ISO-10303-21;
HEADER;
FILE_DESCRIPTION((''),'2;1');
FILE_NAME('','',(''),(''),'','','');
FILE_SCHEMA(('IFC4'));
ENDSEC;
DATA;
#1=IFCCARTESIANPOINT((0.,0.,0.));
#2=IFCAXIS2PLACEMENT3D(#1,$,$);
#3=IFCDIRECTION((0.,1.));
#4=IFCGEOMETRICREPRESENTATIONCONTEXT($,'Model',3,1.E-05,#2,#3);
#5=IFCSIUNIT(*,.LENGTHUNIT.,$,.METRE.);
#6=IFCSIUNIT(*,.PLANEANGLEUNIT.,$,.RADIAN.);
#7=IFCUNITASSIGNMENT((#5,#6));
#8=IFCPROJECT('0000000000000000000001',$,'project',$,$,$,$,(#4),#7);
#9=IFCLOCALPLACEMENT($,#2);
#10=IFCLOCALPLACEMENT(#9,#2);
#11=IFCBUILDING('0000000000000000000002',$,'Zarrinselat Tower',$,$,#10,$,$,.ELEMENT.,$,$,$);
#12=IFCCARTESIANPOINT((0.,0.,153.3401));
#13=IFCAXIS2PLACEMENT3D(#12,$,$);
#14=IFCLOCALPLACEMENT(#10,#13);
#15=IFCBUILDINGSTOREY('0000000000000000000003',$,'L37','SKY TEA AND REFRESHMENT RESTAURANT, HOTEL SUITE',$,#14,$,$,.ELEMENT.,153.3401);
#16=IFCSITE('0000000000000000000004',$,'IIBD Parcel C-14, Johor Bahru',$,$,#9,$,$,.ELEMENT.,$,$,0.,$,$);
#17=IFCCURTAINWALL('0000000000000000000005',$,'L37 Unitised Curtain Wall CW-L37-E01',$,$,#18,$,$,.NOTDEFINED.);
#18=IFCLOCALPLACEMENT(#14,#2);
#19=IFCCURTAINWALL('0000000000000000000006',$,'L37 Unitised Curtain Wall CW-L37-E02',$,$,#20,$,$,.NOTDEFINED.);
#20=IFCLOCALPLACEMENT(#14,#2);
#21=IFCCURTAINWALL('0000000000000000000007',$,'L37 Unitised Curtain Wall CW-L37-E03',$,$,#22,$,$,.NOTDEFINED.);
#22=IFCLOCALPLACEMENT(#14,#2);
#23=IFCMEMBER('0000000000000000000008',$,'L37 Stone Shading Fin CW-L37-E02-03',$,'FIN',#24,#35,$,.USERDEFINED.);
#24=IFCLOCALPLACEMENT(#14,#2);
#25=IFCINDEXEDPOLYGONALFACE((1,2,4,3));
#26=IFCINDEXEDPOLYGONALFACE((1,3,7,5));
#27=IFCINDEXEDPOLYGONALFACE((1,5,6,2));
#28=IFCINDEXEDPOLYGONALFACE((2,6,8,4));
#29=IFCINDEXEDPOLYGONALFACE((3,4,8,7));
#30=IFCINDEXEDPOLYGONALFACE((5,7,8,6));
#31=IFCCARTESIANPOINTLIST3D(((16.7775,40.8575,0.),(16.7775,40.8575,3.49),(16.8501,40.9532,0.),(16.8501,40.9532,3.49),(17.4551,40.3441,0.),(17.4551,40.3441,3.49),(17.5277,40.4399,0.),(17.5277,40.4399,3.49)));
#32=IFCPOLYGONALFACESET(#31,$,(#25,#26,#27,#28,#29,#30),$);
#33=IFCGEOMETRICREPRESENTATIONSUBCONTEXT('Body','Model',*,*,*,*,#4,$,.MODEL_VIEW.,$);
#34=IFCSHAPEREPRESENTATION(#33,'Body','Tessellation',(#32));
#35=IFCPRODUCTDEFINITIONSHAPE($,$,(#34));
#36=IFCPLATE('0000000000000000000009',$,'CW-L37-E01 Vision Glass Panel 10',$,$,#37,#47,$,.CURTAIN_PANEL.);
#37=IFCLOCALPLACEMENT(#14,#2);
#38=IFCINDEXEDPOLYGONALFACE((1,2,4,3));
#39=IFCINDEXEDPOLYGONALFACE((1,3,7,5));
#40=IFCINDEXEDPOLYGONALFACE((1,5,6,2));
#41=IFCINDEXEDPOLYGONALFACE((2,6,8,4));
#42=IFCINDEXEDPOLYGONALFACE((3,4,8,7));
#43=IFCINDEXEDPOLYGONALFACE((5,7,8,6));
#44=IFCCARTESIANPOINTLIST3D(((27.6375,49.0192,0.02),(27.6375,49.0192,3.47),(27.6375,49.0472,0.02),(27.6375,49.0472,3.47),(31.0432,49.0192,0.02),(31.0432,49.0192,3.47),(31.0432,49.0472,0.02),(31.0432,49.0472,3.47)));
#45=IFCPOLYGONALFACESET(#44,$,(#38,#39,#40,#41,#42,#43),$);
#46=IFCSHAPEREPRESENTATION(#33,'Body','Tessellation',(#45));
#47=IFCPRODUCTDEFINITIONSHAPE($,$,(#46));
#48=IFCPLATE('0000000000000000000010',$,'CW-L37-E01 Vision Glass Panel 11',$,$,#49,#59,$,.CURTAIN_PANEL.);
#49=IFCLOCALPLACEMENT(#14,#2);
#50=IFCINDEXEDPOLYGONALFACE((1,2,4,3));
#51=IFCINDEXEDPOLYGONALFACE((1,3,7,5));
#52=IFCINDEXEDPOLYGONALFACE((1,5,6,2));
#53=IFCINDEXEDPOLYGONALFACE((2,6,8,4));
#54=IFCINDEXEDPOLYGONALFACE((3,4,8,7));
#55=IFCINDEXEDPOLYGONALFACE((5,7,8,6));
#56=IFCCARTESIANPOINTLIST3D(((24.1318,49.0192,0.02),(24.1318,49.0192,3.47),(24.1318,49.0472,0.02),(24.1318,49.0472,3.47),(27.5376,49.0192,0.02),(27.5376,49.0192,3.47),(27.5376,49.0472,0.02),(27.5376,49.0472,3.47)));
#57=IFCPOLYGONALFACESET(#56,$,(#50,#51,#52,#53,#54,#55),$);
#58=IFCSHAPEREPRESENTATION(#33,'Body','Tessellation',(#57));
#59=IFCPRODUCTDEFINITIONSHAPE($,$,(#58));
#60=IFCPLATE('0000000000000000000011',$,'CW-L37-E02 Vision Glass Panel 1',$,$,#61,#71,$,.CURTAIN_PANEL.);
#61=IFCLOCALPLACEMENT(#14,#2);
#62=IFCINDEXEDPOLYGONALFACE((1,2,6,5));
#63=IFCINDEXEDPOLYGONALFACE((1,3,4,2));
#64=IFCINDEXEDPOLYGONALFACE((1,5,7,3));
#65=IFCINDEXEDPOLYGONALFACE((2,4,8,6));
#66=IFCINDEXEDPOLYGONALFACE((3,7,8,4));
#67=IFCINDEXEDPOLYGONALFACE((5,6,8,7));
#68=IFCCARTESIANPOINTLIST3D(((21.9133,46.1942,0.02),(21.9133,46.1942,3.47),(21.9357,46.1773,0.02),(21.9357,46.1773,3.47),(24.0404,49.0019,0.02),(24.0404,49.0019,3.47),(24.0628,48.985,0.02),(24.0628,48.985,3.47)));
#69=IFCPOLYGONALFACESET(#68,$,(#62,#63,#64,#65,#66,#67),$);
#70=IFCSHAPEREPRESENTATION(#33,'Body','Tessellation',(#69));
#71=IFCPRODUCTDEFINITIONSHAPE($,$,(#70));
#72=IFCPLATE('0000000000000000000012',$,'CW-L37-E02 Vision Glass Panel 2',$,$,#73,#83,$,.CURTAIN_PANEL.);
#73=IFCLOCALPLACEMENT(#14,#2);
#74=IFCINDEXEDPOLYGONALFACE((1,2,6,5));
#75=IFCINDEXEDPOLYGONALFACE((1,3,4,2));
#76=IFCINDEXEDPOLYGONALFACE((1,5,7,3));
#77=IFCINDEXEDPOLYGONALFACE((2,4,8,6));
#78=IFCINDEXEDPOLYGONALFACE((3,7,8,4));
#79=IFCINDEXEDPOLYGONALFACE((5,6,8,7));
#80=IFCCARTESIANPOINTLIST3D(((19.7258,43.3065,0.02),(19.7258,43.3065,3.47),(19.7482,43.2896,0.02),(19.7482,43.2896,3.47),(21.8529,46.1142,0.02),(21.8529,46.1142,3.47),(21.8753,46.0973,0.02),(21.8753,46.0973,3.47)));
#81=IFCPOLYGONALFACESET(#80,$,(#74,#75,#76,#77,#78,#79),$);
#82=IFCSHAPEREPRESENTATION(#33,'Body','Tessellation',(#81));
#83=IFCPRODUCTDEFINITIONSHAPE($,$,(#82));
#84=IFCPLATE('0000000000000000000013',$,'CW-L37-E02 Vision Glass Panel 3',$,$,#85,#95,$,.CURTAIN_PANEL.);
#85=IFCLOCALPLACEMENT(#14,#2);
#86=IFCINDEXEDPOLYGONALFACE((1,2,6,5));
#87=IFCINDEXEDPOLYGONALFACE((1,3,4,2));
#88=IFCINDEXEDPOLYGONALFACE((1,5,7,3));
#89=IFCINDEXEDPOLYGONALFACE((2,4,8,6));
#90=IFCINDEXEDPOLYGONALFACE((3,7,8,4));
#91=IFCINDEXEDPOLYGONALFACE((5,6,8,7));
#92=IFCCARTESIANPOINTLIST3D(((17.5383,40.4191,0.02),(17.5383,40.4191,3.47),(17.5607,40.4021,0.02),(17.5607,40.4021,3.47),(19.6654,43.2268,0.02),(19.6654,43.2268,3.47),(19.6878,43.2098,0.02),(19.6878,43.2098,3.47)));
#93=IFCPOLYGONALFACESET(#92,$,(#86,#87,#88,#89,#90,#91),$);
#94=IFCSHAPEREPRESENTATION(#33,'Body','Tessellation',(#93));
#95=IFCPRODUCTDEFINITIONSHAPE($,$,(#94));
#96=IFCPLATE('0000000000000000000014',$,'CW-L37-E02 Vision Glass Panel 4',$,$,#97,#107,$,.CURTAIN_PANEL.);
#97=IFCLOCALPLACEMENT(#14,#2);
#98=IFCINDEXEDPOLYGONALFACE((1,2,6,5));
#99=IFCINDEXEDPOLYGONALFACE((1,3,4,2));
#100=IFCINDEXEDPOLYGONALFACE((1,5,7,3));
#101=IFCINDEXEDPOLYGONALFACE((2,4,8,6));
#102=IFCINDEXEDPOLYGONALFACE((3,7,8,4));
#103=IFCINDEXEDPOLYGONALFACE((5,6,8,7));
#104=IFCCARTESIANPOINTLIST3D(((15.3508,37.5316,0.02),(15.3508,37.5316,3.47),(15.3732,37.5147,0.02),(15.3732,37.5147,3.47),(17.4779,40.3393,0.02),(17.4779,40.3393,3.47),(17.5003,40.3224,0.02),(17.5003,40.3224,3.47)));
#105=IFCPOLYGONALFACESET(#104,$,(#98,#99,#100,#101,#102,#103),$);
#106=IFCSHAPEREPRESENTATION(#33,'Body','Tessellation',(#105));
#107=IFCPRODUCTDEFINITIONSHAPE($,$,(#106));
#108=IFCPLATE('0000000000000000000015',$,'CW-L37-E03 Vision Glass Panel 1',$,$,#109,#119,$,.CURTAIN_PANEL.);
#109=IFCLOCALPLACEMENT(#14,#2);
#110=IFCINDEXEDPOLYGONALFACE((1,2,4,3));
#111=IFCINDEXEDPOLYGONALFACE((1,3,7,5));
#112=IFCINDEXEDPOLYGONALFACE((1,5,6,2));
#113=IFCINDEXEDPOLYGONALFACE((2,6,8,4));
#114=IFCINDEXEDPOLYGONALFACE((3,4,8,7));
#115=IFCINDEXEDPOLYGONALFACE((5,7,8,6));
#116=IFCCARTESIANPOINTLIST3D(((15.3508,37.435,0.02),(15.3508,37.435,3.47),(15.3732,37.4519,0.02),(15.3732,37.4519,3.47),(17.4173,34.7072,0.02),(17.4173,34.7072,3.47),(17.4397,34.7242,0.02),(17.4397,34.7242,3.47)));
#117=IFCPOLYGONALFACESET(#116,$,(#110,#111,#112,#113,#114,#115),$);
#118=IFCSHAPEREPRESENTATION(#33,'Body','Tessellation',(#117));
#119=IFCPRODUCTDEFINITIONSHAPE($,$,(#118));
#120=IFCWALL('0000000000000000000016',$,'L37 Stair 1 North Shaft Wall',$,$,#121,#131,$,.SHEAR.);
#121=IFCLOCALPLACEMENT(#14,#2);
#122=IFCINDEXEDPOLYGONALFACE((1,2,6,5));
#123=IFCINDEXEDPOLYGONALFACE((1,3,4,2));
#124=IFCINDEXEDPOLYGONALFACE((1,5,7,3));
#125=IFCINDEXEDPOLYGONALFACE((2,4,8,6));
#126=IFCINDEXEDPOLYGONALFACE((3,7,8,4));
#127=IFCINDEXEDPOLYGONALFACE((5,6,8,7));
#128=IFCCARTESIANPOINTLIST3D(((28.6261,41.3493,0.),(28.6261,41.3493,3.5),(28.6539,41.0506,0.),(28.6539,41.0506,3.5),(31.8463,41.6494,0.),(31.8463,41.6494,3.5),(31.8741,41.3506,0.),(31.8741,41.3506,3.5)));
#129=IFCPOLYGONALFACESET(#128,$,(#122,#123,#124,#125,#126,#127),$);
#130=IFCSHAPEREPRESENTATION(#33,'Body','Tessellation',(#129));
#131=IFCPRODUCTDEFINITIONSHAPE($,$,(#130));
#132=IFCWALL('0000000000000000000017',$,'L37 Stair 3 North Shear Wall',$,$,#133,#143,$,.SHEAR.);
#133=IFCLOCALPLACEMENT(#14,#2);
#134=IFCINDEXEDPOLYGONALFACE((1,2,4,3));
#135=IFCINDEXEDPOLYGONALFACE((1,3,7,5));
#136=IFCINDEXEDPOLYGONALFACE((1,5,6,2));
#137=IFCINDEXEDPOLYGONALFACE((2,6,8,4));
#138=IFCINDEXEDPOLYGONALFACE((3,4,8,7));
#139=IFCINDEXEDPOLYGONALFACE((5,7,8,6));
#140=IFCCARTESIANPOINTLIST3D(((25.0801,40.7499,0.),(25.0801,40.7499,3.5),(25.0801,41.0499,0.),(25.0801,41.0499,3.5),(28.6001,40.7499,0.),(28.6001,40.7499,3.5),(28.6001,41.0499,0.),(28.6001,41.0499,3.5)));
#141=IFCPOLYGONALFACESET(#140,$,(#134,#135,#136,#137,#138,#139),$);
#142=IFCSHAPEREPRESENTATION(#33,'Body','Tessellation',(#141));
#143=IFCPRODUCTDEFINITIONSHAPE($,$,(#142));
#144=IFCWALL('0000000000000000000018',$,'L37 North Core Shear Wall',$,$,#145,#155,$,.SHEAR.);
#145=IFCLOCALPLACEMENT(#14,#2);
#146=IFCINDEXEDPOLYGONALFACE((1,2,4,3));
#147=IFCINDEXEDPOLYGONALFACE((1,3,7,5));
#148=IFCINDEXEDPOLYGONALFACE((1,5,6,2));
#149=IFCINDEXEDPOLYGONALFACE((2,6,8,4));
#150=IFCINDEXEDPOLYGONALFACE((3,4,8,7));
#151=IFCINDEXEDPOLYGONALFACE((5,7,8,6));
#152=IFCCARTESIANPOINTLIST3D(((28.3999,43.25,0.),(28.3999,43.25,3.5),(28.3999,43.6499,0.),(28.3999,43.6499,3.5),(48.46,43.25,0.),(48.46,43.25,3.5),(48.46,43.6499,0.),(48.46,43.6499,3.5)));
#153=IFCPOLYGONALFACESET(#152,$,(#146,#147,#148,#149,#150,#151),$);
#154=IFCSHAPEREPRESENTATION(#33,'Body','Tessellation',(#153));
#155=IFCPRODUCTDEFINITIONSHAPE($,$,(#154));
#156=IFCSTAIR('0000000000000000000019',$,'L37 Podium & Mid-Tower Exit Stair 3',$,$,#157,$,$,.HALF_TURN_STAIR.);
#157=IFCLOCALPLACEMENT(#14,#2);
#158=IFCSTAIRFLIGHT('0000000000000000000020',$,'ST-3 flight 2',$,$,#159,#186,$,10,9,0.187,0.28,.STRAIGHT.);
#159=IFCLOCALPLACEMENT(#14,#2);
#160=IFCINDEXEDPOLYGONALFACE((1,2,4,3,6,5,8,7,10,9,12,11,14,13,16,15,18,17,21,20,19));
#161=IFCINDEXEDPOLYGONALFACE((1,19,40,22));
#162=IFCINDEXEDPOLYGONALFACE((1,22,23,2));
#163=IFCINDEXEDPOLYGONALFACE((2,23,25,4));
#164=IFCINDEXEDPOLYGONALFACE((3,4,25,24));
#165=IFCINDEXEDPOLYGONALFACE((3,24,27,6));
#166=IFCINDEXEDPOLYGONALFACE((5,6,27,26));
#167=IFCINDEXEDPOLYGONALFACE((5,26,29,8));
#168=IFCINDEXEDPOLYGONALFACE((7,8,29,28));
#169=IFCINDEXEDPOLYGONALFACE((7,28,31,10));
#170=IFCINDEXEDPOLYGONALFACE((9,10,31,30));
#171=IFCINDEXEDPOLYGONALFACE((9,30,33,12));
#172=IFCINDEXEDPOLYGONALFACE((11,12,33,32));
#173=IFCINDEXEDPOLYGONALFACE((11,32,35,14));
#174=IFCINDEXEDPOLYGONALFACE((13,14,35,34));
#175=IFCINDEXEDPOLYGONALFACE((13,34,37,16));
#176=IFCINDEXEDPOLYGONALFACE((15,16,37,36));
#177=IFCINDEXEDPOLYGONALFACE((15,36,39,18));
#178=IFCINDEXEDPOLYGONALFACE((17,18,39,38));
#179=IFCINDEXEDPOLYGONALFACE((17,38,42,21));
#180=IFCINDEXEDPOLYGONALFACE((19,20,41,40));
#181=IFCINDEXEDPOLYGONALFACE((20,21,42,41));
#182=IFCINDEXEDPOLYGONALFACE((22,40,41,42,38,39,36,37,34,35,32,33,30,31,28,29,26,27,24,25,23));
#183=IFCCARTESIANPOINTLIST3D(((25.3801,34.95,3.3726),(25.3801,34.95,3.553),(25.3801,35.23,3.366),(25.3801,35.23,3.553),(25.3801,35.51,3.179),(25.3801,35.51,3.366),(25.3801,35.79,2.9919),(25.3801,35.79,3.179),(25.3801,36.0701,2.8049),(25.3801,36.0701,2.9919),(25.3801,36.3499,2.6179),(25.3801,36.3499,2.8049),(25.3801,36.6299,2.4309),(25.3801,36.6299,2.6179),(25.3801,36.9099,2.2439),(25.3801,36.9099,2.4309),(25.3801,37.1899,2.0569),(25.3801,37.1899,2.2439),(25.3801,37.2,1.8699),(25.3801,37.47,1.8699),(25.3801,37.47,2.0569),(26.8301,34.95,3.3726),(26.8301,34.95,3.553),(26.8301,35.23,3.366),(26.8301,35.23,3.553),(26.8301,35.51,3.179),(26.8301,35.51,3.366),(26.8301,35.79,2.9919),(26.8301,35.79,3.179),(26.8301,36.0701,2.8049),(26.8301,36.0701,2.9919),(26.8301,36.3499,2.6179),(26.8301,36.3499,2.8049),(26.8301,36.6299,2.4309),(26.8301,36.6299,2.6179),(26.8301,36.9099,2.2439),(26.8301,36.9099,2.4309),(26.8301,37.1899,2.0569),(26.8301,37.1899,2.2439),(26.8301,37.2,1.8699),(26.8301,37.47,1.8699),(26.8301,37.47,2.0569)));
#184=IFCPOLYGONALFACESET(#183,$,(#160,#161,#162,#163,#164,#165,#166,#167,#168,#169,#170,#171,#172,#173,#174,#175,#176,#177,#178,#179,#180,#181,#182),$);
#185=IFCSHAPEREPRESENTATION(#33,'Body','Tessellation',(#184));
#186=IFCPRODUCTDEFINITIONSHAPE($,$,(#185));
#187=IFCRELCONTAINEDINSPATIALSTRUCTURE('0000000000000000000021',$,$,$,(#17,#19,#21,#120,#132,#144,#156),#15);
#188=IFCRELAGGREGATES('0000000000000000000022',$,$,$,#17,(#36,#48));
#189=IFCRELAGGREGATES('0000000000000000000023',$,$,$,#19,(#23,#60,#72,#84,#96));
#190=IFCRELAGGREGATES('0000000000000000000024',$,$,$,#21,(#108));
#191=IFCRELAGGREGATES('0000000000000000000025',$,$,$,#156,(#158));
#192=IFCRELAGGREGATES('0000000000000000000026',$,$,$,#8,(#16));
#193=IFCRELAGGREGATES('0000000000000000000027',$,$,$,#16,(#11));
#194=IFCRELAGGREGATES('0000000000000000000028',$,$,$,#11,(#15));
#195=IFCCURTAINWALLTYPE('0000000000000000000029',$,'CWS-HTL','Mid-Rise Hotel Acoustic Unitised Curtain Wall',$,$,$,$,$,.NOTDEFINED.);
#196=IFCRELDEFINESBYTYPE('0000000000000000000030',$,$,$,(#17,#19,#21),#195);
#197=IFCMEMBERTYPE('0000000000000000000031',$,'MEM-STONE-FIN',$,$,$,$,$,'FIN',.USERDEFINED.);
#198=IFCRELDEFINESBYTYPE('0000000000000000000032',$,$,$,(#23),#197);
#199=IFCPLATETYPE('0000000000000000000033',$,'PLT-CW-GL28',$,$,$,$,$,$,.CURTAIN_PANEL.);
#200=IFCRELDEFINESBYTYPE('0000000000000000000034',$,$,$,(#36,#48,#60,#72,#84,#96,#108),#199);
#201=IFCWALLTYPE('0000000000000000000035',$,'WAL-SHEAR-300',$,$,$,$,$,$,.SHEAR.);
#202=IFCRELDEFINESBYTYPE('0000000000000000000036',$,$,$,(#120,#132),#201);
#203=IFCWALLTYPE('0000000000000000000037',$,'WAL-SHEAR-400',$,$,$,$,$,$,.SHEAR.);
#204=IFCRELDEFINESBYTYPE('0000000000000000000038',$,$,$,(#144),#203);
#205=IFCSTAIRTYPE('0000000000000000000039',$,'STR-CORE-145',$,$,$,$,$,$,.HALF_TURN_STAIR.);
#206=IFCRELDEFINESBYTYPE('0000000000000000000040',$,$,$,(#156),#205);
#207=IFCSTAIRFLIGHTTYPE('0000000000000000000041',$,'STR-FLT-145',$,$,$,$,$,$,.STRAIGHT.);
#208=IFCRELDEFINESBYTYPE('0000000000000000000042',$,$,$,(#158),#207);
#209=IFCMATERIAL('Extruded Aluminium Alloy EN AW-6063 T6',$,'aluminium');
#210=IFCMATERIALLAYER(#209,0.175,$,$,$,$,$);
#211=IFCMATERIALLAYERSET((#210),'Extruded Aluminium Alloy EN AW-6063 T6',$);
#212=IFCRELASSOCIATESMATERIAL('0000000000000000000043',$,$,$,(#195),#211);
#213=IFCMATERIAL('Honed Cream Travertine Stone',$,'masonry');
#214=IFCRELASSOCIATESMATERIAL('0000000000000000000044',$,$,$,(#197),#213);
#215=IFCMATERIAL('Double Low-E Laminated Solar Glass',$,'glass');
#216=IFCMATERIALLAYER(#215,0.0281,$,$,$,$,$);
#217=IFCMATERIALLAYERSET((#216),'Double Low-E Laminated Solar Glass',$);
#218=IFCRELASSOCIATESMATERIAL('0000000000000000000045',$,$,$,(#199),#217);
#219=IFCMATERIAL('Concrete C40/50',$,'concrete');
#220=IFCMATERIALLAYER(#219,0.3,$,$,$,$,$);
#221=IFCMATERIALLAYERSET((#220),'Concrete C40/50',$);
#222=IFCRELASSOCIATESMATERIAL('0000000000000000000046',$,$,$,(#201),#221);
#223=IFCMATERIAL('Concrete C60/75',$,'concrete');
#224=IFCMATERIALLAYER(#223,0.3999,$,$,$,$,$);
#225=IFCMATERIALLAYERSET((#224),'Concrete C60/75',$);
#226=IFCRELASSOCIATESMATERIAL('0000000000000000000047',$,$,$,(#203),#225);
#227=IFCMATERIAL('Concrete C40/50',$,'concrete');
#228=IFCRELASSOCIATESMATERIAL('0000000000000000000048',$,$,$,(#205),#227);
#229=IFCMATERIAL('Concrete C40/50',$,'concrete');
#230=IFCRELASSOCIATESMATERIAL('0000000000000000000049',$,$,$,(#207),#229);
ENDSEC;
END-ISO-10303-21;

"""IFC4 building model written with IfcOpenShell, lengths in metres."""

from ifc_helpers import new_model, si_unit, direction, frame, frame_2d, origin, origin_2d, place, context, subcontext, project, spatial, polyline, rectangle, outline, extrude, material, layer, layer_set, material_profile, profile_set, type_object, element, aggregate, save


model = new_model("IFC4")

# Units and contexts
model_context = context("Model", 3, precision=1e-05, world=origin(), true_north=direction((0.0, 1.0)))
body_context = subcontext(model_context, "Body", "Model", "MODEL_VIEW")
ifc_project = project(units=[si_unit("LENGTHUNIT", "METRE"), si_unit("PLANEANGLEUNIT", "RADIAN")], contexts=[model_context])

# Site, building, storey
site_placement = place(None, origin())
site = spatial("IfcSite", under=ifc_project, at=site_placement, Name="IIBD Parcel C-14, Johor Bahru", CompositionType="ELEMENT", RefElevation=0.0)
building_placement = place(site_placement, origin())
building = spatial("IfcBuilding", under=site, at=building_placement, Name="Zarrinselat Tower", CompositionType="ELEMENT")
storey_placement = place(building_placement, frame((0.0, 0.0, 153.3401)))
storey = spatial("IfcBuildingStorey", under=building, at=storey_placement, Name="L37", Description="SKY TEA AND REFRESHMENT RESTAURANT, HOTEL SUITE", CompositionType="ELEMENT", Elevation=153.3401)

# Curtain walls
ifc_material_1 = material(Name="Extruded Aluminium Alloy EN AW-6063 T6", Category="aluminium")
ifc_layer_1 = layer(ifc_material_1, 0.175)
ifc_layer_set_1 = layer_set([ifc_layer_1], Name="Extruded Aluminium Alloy EN AW-6063 T6")
curtain_wall_type = type_object("IfcCurtainWallType", Name="CWS-HTL", Description="Mid-Rise Hotel Acoustic Unitised Curtain Wall", PredefinedType="NOTDEFINED", material=ifc_layer_set_1)
curtain_wall_1_placement = place(storey_placement, origin())
curtain_wall_1 = element("IfcCurtainWall", 1, at=curtain_wall_1_placement, inside=storey, type_object=curtain_wall_type, Name="L37 Unitised Curtain Wall CW-L37-E01", PredefinedType="NOTDEFINED")
curtain_wall_2_placement = place(storey_placement, origin())
curtain_wall_2 = element("IfcCurtainWall", 2, at=curtain_wall_2_placement, inside=storey, type_object=curtain_wall_type, Name="L37 Unitised Curtain Wall CW-L37-E02", PredefinedType="NOTDEFINED")

# Curtain wall
curtain_wall_3_placement = place(storey_placement, origin())
curtain_wall_3 = element("IfcCurtainWall", 3, at=curtain_wall_3_placement, inside=storey, type_object=curtain_wall_type, Name="L37 Unitised Curtain Wall CW-L37-E03", PredefinedType="NOTDEFINED")

# Member
ifc_material_2 = material(Name="Honed Cream Travertine Stone", Category="masonry")
ifc_material_profile_1 = material_profile(ifc_material_2, rectangle(XDim=0.1201, YDim=0.8501, at=origin_2d()), Name="FIN 850x120")
ifc_profile_set_1 = profile_set([ifc_material_profile_1], Name="Honed Cream Travertine Stone")
member_type_1 = type_object("IfcMemberType", Name="MEM-STONE-FIN", ElementType="FIN", PredefinedType="USERDEFINED", material=ifc_profile_set_1)
member_1_placement = place(storey_placement, frame((17.1526, 40.6487, 0.0), z_axis=(0.0, 0.0, 1.0), x_axis=(0.603858, 0.797092, 0.0)))
member_1 = element("IfcMember", 4, at=member_1_placement, type_object=member_type_1, Name="L37 Stone Shading Fin CW-L37-E02-03", ObjectType="FIN", PredefinedType="USERDEFINED", context=body_context, shape_type="SweptSolid", body=[
    extrude(rectangle(XDim=0.1201, YDim=0.8501, at=origin_2d()), origin(), (0.0, 0.0, 1.0), 3.49),
])

# Plates
ifc_material_3 = material(Name="Double Low-E Laminated Solar Glass", Category="glass")
ifc_layer_2 = layer(ifc_material_3, 0.0281)
ifc_layer_set_2 = layer_set([ifc_layer_2], Name="Double Low-E Laminated Solar Glass")
plate_type = type_object("IfcPlateType", Name="PLT-CW-GL28", PredefinedType="CURTAIN_PANEL", material=ifc_layer_set_2)
plate_1_placement = place(storey_placement, frame((29.3403, 49.0332, 0.02), z_axis=(0.0, 0.0, 1.0), x_axis=(-1.0, 0.0, 0.0)))
plate_1 = element("IfcPlate", 5, at=plate_1_placement, type_object=plate_type, Name="CW-L37-E01 Vision Glass Panel 10", PredefinedType="CURTAIN_PANEL", context=body_context, shape_type="SweptSolid", body=[
    extrude(rectangle(XDim=3.4058, YDim=0.0281, at=origin_2d()), origin(), (0.0, 0.0, 1.0), 3.45),
])
plate_2_placement = place(storey_placement, frame((25.8347, 49.0332, 0.02), z_axis=(0.0, 0.0, 1.0), x_axis=(-1.0, 0.0, 0.0)))
plate_2 = element("IfcPlate", 6, at=plate_2_placement, type_object=plate_type, Name="CW-L37-E01 Vision Glass Panel 11", PredefinedType="CURTAIN_PANEL", context=body_context, shape_type="SweptSolid", body=[
    extrude(rectangle(XDim=3.4058, YDim=0.0281, at=origin_2d()), origin(), (0.0, 0.0, 1.0), 3.45),
])
aggregate(curtain_wall_1, [plate_1, plate_2])
plate_3_placement = place(storey_placement, frame((22.988, 47.5896, 0.02), z_axis=(0.0, 0.0, 1.0), x_axis=(-0.603858, -0.797092, 0.0)))
plate_3 = element("IfcPlate", 7, at=plate_3_placement, type_object=plate_type, Name="CW-L37-E02 Vision Glass Panel 1", PredefinedType="CURTAIN_PANEL", context=body_context, shape_type="SweptSolid", body=[
    extrude(rectangle(XDim=3.5225, YDim=0.0281, at=origin_2d()), origin(), (0.0, 0.0, 1.0), 3.45),
])
plate_4_placement = place(storey_placement, frame((20.8005, 44.7019, 0.02), z_axis=(0.0, 0.0, 1.0), x_axis=(-0.603858, -0.797092, 0.0)))
plate_4 = element("IfcPlate", 8, at=plate_4_placement, type_object=plate_type, Name="CW-L37-E02 Vision Glass Panel 2", PredefinedType="CURTAIN_PANEL", context=body_context, shape_type="SweptSolid", body=[
    extrude(rectangle(XDim=3.5225, YDim=0.0281, at=origin_2d()), origin(), (0.0, 0.0, 1.0), 3.45),
])
plate_5_placement = place(storey_placement, frame((18.613, 41.8145, 0.02), z_axis=(0.0, 0.0, 1.0), x_axis=(-0.603858, -0.797092, 0.0)))
plate_5 = element("IfcPlate", 9, at=plate_5_placement, type_object=plate_type, Name="CW-L37-E02 Vision Glass Panel 3", PredefinedType="CURTAIN_PANEL", context=body_context, shape_type="SweptSolid", body=[
    extrude(rectangle(XDim=3.5225, YDim=0.0281, at=origin_2d()), origin(), (0.0, 0.0, 1.0), 3.45),
])
plate_6_placement = place(storey_placement, frame((16.4255, 38.927, 0.02), z_axis=(0.0, 0.0, 1.0), x_axis=(-0.603858, -0.797092, 0.0)))
plate_6 = element("IfcPlate", 10, at=plate_6_placement, type_object=plate_type, Name="CW-L37-E02 Vision Glass Panel 4", PredefinedType="CURTAIN_PANEL", context=body_context, shape_type="SweptSolid", body=[
    extrude(rectangle(XDim=3.5225, YDim=0.0281, at=origin_2d()), origin(), (0.0, 0.0, 1.0), 3.45),
])
aggregate(curtain_wall_2, [member_1, plate_3, plate_4, plate_5, plate_6])
plate_7_placement = place(storey_placement, frame((16.3953, 36.0796, 0.02), z_axis=(0.0, 0.0, 1.0), x_axis=(0.603857, -0.797093, 0.0)))
plate_7 = element("IfcPlate", 11, at=plate_7_placement, type_object=plate_type, Name="CW-L37-E03 Vision Glass Panel 1", PredefinedType="CURTAIN_PANEL", context=body_context, shape_type="SweptSolid", body=[
    extrude(rectangle(XDim=3.4221, YDim=0.0281, at=origin_2d()), origin(), (0.0, 0.0, 1.0), 3.45),
])
aggregate(curtain_wall_3, [plate_7])

# Walls
ifc_material_4 = material(Name="Concrete C40/50", Category="concrete")
ifc_layer_3 = layer(ifc_material_4, 0.3)
ifc_layer_set_3 = layer_set([ifc_layer_3], Name="Concrete C40/50")
wall_type_1 = type_object("IfcWallType", Name="WAL-SHEAR-300", PredefinedType="SHEAR", material=ifc_layer_set_3)
wall_1_placement = place(storey_placement, frame((28.6399, 41.2, 0.0), z_axis=(0.0, 0.0, 1.0), x_axis=(0.995687, 0.092775, 0.0)))
element("IfcWall", 12, at=wall_1_placement, inside=storey, type_object=wall_type_1, Name="L37 Stair 1 North Shaft Wall", PredefinedType="SHEAR", context=body_context, shape_type="SweptSolid", body=[
    extrude(rectangle(XDim=3.2341, YDim=0.3, at=frame_2d((1.6172, 0.0))), origin(), (0.0, 0.0, 1.0), 3.5),
])
wall_2_placement = place(storey_placement, frame((25.0801, 40.8999, 0.0), z_axis=(0.0, 0.0, 1.0), x_axis=(1.0, 0.0, 0.0)))
element("IfcWall", 13, at=wall_2_placement, inside=storey, type_object=wall_type_1, Name="L37 Stair 3 North Shear Wall", PredefinedType="SHEAR", context=body_context, shape_type="SweptSolid", body=[
    extrude(rectangle(XDim=3.52, YDim=0.3, at=frame_2d((1.76, 0.0))), origin(), (0.0, 0.0, 1.0), 3.5),
])
ifc_material_5 = material(Name="Concrete C60/75", Category="concrete")
ifc_layer_4 = layer(ifc_material_5, 0.3999)
ifc_layer_set_4 = layer_set([ifc_layer_4], Name="Concrete C60/75")
wall_type_2 = type_object("IfcWallType", Name="WAL-SHEAR-400", PredefinedType="SHEAR", material=ifc_layer_set_4)
wall_3_placement = place(storey_placement, frame((28.3999, 43.45, 0.0), z_axis=(0.0, 0.0, 1.0), x_axis=(1.0, 0.0, 0.0)))
element("IfcWall", 14, at=wall_3_placement, inside=storey, type_object=wall_type_2, Name="L37 North Core Shear Wall", PredefinedType="SHEAR", context=body_context, shape_type="SweptSolid", body=[
    extrude(rectangle(XDim=20.0601, YDim=0.3999, at=frame_2d((10.03, 0.0))), origin(), (0.0, 0.0, 1.0), 3.5),
])

# Stair, stair flight
ifc_material_6 = material(Name="Concrete C40/50", Category="concrete")
stair_type_1 = type_object("IfcStairType", Name="STR-CORE-145", PredefinedType="HALF_TURN_STAIR", material=ifc_material_6)
stair_1_placement = place(storey_placement, origin())
stair_1 = element("IfcStair", 15, at=stair_1_placement, inside=storey, type_object=stair_type_1, Name="L37 Podium & Mid-Tower Exit Stair 3", PredefinedType="HALF_TURN_STAIR")
ifc_material_7 = material(Name="Concrete C40/50", Category="concrete")
stair_flight_type_1 = type_object("IfcStairFlightType", Name="STR-FLT-145", PredefinedType="STRAIGHT", material=ifc_material_7)
stair_flight_1_placement = place(storey_placement, frame((26.105, 37.47, 1.8699), z_axis=(0.0, 0.0, 1.0), x_axis=(0.0, -1.0, 0.0)))
stair_flight_1 = element("IfcStairFlight", 16, at=stair_flight_1_placement, type_object=stair_flight_type_1, Name="ST-3 flight 2", NumberOfRisers=10, NumberOfTreads=9, PredefinedType="STRAIGHT", RiserHeight=0.187, TreadLength=0.28, context=body_context, shape_type="SweptSolid", body=[
    extrude(outline(polyline([(0.0, 0.0), (0.0, 0.187), (0.28, 0.187), (0.28, 0.374), (0.5601, 0.374), (0.5601, 0.561), (0.8401, 0.561), (0.8401, 0.748), (1.1201, 0.748), (1.1201, 0.9351), (1.3999, 0.9351), (1.3999, 1.1221), (1.6799, 1.1221), (1.6799, 1.3091), (1.96, 1.3091), (1.96, 1.4961), (2.24, 1.4961), (2.24, 1.6831), (2.52, 1.6831), (2.52, 1.8701), (2.52, 1.5027), (0.27, 0.0), (0.0, 0.0)])), frame((0.0, 0.7251, 0.0), z_axis=(0.0, -1.0, 0.0), x_axis=(1.0, 0.0, 0.0)), (0.0, 0.0, 1.0), 1.45),
])
aggregate(stair_1, [stair_flight_1])

save(model, "model.ifc")
